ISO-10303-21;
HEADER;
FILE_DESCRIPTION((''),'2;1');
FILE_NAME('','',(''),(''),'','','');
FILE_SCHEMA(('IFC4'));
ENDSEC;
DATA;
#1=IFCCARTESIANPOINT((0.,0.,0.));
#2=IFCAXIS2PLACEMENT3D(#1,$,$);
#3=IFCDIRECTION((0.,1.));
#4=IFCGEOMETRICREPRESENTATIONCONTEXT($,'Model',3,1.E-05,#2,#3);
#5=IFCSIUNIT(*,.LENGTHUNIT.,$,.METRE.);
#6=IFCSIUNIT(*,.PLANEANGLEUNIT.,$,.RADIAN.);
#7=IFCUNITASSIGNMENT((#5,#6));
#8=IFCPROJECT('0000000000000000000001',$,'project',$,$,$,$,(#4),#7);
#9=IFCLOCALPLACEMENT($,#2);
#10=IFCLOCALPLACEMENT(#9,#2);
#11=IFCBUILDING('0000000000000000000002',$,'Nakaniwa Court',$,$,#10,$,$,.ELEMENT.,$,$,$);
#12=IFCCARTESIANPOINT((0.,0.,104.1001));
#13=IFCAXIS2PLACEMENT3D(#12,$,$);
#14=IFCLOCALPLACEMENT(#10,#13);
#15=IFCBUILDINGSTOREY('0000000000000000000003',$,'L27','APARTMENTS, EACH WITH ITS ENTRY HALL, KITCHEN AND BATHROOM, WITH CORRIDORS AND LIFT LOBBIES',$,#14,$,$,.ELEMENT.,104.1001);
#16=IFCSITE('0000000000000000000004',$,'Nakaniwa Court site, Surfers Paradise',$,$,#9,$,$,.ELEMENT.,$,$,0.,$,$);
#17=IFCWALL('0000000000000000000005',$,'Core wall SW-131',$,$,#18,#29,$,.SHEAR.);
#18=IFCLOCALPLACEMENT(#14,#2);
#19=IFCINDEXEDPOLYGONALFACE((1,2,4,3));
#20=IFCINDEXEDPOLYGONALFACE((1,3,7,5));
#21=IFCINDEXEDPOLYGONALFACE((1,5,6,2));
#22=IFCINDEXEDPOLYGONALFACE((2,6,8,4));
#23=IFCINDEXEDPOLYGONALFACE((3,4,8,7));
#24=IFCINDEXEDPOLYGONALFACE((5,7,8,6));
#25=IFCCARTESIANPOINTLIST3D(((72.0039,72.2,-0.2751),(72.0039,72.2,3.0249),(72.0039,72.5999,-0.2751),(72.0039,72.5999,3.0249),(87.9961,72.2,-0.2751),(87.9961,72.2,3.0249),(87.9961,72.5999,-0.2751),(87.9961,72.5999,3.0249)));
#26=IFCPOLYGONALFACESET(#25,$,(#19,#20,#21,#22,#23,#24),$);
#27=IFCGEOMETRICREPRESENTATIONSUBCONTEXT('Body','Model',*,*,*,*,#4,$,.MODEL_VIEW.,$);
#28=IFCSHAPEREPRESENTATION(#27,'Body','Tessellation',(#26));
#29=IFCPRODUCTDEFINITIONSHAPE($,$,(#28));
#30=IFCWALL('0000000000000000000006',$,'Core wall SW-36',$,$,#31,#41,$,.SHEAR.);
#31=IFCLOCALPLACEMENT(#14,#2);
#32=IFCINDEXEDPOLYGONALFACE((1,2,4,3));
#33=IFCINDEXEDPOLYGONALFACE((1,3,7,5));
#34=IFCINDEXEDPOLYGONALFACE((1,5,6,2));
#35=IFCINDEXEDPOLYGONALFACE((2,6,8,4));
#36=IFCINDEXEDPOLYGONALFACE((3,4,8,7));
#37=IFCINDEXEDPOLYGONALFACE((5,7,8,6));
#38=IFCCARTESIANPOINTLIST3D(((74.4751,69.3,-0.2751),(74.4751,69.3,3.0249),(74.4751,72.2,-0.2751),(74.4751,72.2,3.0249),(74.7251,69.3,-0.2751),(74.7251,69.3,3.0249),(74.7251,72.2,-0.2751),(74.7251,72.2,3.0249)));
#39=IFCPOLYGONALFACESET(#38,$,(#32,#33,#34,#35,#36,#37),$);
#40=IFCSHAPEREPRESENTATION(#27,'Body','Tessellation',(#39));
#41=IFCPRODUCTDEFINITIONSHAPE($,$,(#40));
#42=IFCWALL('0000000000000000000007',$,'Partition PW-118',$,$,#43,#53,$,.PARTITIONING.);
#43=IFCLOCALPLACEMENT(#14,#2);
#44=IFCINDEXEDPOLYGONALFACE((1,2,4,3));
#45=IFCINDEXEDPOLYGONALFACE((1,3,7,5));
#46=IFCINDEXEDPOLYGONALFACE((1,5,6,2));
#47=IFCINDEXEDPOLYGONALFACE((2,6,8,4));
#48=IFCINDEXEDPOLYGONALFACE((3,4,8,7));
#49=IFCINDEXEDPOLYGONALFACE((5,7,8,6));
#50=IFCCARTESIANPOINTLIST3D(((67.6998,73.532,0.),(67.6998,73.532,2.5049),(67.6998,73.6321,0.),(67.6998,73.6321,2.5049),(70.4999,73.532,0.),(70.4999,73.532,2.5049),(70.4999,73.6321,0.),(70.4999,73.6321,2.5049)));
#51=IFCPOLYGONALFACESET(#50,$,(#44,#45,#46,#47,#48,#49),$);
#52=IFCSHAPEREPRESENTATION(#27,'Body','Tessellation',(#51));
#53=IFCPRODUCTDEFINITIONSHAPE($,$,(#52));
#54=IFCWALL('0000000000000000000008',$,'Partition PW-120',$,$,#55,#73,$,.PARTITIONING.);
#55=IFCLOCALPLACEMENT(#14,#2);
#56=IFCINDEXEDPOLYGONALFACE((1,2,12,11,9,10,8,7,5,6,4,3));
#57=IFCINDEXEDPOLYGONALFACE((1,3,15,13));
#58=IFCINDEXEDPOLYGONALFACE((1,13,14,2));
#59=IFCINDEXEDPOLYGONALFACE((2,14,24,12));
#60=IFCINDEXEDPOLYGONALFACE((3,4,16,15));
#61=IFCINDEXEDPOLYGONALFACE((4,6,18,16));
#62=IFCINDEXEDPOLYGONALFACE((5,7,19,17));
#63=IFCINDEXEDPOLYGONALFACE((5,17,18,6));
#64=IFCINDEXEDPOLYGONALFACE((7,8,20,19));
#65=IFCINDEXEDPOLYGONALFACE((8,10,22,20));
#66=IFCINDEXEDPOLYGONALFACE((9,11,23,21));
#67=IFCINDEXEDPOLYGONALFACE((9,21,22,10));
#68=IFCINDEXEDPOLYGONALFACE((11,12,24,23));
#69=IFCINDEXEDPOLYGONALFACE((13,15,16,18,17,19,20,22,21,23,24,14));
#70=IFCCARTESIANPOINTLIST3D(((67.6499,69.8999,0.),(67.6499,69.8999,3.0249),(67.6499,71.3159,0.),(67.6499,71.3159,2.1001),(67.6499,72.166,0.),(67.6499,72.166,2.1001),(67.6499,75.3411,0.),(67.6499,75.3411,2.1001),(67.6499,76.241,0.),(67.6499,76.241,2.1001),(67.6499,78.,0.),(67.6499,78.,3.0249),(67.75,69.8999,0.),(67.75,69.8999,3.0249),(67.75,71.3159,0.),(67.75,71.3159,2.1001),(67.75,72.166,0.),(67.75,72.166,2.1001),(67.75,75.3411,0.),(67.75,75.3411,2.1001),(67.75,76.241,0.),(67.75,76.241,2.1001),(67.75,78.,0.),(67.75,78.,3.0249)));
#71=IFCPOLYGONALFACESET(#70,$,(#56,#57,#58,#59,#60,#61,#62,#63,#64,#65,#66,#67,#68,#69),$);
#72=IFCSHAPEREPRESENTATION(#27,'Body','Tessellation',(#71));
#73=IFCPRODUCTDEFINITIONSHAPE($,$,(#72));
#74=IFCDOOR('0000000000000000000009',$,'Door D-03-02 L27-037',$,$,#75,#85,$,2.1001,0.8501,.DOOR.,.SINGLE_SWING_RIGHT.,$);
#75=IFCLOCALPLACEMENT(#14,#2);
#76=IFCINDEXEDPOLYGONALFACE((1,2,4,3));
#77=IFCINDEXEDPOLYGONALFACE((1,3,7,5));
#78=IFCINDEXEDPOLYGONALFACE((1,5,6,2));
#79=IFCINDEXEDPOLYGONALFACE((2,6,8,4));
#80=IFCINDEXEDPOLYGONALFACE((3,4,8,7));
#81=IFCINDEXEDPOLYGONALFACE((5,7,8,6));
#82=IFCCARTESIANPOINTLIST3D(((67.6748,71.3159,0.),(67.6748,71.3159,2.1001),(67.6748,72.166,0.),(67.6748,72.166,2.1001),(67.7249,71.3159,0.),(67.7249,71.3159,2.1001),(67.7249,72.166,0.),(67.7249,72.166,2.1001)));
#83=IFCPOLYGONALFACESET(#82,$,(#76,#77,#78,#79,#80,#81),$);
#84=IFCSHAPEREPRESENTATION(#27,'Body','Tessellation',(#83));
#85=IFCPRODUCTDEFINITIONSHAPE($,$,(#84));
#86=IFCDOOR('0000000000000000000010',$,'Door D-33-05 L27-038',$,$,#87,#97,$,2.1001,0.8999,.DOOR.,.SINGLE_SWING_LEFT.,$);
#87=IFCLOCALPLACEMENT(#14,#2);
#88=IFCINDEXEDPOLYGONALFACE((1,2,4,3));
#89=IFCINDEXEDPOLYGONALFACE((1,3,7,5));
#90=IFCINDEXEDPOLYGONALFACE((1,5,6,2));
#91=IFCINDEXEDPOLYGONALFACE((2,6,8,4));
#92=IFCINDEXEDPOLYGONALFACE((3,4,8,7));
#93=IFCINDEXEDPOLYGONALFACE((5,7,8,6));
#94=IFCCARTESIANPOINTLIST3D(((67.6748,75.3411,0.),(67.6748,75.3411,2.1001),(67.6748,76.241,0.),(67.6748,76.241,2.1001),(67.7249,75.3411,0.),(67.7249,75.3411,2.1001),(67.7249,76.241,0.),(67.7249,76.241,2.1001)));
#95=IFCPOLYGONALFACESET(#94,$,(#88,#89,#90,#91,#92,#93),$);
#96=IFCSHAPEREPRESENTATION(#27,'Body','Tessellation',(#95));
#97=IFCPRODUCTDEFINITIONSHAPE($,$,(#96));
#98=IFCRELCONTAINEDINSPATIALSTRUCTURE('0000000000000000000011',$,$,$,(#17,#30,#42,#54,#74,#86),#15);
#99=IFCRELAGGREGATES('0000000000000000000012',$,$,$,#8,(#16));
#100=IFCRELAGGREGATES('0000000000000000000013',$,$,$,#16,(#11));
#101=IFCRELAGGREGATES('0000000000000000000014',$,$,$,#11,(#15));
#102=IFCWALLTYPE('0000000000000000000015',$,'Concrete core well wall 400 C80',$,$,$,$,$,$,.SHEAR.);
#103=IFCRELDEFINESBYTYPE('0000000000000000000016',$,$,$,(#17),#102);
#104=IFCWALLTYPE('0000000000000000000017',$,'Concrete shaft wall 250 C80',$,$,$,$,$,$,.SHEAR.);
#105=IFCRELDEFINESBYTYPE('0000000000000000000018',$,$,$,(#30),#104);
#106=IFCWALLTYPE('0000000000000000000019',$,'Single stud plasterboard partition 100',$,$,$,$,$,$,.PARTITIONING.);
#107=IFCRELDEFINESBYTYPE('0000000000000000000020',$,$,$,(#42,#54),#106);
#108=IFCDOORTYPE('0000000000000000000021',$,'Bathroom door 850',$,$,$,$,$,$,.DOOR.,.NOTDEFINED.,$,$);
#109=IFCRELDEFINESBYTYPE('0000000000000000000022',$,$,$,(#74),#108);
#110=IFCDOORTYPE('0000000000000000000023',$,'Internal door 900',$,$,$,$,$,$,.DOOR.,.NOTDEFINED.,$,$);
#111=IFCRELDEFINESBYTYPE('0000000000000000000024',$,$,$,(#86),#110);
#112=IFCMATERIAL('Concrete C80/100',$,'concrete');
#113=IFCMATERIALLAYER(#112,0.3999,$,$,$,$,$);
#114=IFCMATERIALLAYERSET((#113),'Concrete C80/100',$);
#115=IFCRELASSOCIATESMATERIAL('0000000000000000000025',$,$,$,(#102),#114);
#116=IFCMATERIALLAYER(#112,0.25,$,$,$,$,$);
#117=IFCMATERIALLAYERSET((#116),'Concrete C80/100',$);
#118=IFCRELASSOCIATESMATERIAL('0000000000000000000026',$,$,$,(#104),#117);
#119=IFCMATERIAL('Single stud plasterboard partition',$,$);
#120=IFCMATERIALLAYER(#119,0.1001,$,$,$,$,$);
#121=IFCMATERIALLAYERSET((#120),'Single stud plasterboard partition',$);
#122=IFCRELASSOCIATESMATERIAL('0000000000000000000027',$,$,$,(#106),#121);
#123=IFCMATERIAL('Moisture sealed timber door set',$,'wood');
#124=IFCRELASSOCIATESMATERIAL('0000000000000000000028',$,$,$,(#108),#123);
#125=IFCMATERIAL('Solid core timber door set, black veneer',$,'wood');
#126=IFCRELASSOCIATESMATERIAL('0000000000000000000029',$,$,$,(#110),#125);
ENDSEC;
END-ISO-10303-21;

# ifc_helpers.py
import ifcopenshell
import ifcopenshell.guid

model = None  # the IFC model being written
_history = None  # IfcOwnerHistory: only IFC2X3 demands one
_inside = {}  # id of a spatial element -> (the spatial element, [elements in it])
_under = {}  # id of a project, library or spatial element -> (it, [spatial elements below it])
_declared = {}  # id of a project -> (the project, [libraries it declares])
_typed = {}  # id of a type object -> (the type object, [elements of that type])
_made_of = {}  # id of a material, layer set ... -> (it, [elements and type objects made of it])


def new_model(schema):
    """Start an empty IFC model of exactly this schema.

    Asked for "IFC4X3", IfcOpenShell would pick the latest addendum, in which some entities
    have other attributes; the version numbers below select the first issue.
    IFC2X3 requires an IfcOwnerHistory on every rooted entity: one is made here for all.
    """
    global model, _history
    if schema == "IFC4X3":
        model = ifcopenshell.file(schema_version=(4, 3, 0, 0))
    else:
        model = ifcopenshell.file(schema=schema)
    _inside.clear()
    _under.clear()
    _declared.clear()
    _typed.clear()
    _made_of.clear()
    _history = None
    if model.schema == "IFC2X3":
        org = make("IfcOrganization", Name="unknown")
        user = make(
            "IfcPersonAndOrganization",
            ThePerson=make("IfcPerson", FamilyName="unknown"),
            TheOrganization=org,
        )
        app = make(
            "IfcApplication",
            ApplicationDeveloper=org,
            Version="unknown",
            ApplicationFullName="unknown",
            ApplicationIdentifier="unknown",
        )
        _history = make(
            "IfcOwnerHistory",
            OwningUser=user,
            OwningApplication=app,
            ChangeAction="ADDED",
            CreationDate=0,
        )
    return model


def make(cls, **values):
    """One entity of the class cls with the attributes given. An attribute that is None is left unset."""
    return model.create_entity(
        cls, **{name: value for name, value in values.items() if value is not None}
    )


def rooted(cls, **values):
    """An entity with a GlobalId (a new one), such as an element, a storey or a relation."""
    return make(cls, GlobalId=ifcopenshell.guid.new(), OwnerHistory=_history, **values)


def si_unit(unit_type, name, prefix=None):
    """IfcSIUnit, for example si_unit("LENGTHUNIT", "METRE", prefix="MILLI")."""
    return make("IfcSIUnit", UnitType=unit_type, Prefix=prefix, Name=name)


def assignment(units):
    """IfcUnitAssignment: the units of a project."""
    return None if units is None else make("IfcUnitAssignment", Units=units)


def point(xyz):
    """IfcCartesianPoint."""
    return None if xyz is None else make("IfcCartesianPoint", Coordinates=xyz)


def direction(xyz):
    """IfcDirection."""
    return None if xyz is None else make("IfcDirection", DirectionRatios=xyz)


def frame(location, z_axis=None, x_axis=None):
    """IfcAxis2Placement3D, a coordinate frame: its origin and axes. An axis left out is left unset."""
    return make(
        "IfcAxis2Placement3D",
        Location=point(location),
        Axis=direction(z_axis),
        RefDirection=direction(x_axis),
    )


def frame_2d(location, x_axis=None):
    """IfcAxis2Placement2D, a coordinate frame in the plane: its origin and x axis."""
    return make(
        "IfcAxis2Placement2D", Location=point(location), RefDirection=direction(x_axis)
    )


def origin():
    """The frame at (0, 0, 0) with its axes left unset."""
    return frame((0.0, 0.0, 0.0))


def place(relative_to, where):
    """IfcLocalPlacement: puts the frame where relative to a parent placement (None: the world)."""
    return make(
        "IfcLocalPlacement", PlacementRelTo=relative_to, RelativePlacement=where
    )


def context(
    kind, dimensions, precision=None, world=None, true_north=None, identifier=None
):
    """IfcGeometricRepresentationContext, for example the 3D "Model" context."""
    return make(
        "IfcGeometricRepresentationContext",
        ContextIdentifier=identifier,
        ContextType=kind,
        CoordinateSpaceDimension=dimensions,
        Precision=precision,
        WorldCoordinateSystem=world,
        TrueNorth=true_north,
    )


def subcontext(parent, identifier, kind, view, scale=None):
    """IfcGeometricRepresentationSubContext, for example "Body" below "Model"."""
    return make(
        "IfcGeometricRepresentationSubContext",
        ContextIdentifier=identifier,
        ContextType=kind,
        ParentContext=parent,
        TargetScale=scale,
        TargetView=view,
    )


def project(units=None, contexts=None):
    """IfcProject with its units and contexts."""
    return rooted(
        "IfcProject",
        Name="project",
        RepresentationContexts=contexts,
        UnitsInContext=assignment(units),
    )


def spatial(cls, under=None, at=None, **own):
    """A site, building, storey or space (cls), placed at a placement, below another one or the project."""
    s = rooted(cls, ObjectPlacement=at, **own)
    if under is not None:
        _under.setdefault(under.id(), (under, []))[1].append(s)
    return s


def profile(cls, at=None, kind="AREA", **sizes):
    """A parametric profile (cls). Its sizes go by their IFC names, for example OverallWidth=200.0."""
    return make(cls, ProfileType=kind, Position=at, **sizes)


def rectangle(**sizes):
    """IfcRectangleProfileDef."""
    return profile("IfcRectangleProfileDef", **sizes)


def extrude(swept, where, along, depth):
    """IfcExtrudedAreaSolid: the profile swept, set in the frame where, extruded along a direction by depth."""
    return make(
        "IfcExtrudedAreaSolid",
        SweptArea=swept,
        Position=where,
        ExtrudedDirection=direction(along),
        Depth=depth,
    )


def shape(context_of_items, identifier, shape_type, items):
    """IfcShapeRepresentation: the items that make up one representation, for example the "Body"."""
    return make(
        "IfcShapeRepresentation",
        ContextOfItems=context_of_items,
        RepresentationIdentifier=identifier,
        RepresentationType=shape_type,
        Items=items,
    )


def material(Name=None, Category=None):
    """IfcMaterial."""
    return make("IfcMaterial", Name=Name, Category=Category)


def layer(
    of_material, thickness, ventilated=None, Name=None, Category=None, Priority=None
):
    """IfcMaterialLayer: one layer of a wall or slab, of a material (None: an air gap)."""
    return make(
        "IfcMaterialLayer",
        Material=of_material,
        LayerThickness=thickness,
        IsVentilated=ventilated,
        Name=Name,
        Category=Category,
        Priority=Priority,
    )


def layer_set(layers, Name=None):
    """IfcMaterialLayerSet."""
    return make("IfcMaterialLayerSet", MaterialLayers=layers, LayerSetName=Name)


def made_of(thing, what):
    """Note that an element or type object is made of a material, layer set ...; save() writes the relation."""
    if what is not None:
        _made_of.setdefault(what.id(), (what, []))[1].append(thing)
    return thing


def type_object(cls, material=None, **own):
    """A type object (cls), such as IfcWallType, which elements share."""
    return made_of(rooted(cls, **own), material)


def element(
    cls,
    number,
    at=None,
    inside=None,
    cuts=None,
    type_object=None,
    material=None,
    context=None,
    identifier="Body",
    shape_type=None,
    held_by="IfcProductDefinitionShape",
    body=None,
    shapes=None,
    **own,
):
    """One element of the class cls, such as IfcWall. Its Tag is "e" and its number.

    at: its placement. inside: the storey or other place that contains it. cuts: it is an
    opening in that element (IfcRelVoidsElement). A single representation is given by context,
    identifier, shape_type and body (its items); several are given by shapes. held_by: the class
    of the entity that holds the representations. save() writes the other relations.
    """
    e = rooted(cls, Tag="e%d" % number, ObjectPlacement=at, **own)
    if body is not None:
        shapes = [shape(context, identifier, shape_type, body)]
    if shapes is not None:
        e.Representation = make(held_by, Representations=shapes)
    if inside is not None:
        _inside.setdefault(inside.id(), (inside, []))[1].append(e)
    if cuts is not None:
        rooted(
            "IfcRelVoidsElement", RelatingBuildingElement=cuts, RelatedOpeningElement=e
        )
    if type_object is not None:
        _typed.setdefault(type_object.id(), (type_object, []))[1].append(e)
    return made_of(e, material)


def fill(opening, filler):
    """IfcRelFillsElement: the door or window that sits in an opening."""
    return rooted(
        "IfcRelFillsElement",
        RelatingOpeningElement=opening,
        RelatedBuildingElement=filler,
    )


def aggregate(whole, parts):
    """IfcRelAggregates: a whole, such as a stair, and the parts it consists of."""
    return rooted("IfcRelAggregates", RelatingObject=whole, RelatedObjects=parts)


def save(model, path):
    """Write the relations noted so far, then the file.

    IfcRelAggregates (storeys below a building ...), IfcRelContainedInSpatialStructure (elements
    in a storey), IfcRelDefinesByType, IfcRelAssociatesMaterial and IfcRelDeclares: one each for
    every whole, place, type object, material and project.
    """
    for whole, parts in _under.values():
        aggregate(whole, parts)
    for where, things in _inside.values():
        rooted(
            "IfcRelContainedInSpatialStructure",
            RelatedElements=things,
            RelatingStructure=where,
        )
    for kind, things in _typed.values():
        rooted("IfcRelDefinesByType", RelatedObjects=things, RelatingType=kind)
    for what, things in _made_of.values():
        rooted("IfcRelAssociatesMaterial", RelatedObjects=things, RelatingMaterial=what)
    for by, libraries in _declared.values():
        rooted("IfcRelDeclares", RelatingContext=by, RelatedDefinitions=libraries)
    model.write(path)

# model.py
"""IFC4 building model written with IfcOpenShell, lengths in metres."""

from ifc_helpers import new_model, si_unit, direction, frame, frame_2d, origin, place, context, subcontext, project, spatial, rectangle, extrude, material, layer, layer_set, type_object, element, fill, save


model = new_model("IFC4")

# Units and contexts
model_context = context("Model", 3, precision=1e-05, world=origin(), true_north=direction((0.0, 1.0)))
body_context = subcontext(model_context, "Body", "Model", "MODEL_VIEW")
ifc_project = project(units=[si_unit("LENGTHUNIT", "METRE"), si_unit("PLANEANGLEUNIT", "RADIAN")], contexts=[model_context])

# Site, building, storey
site_placement = place(None, origin())
site = spatial("IfcSite", under=ifc_project, at=site_placement, Name="Nakaniwa Court site, Surfers Paradise", CompositionType="ELEMENT", RefElevation=0.0)
building_placement = place(site_placement, origin())
building = spatial("IfcBuilding", under=site, at=building_placement, Name="Nakaniwa Court", CompositionType="ELEMENT")
storey_placement = place(building_placement, frame((0.0, 0.0, 104.1001)))
storey = spatial("IfcBuildingStorey", under=building, at=storey_placement, Name="L27", Description="APARTMENTS, EACH WITH ITS ENTRY HALL, KITCHEN AND BATHROOM, WITH CORRIDORS AND LIFT LOBBIES", CompositionType="ELEMENT", Elevation=104.1001)

# Shared definitions
ifc_material_1 = material(Name="Concrete C80/100", Category="concrete")

# Shared definitions
ifc_material_2 = material(Name="Solid core timber door set, black veneer", Category="wood")

# Walls
ifc_layer_1 = layer(ifc_material_1, 0.3999)
ifc_layer_set_1 = layer_set([ifc_layer_1], Name="Concrete C80/100")
wall_type_1 = type_object("IfcWallType", Name="Concrete core well wall 400 C80", PredefinedType="SHEAR", material=ifc_layer_set_1)
wall_1_placement = place(storey_placement, frame((72.0039, 72.3999, -0.2751), z_axis=(0.0, 0.0, 1.0), x_axis=(1.0, 0.0, 0.0)))
element("IfcWall", 1, at=wall_1_placement, inside=storey, type_object=wall_type_1, Name="Core wall SW-131", PredefinedType="SHEAR", context=body_context, shape_type="SweptSolid", body=[
    extrude(rectangle(XDim=15.9922, YDim=0.3999, at=frame_2d((7.9961, 0.0))), origin(), (0.0, 0.0, 1.0), 3.3),
])
ifc_layer_2 = layer(ifc_material_1, 0.25)
ifc_layer_set_2 = layer_set([ifc_layer_2], Name="Concrete C80/100")
wall_type_2 = type_object("IfcWallType", Name="Concrete shaft wall 250 C80", PredefinedType="SHEAR", material=ifc_layer_set_2)
wall_2_placement = place(storey_placement, frame((74.6001, 69.3, -0.2751), z_axis=(0.0, 0.0, 1.0), x_axis=(0.0, 1.0, 0.0)))
element("IfcWall", 2, at=wall_2_placement, inside=storey, type_object=wall_type_2, Name="Core wall SW-36", PredefinedType="SHEAR", context=body_context, shape_type="SweptSolid", body=[
    extrude(rectangle(XDim=2.8999, YDim=0.25, at=frame_2d((1.45, 0.0))), origin(), (0.0, 0.0, 1.0), 3.3),
])
ifc_material_3 = material(Name="Single stud plasterboard partition")
ifc_layer_3 = layer(ifc_material_3, 0.1001)
ifc_layer_set_3 = layer_set([ifc_layer_3], Name="Single stud plasterboard partition")
wall_type_3 = type_object("IfcWallType", Name="Single stud plasterboard partition 100", PredefinedType="PARTITIONING", material=ifc_layer_set_3)
wall_3_placement = place(storey_placement, frame((67.7, 73.582, 0.0), z_axis=(0.0, 0.0, 1.0), x_axis=(1.0, 0.0, 0.0)))
element("IfcWall", 3, at=wall_3_placement, inside=storey, type_object=wall_type_3, Name="Partition PW-118", PredefinedType="PARTITIONING", context=body_context, shape_type="SweptSolid", body=[
    extrude(rectangle(XDim=2.8, YDim=0.1001, at=frame_2d((1.3999, 0.0))), origin(), (0.0, 0.0, 1.0), 2.5049),
])

# Wall, openings, doors
wall_4_placement = place(storey_placement, frame((67.7, 78.0, 0.0), z_axis=(0.0, 0.0, 1.0), x_axis=(0.0, -1.0, 0.0)))
wall_4 = element("IfcWall", 4, at=wall_4_placement, inside=storey, type_object=wall_type_3, Name="Partition PW-120", PredefinedType="PARTITIONING", context=body_context, shape_type="SweptSolid", body=[
    extrude(rectangle(XDim=8.1001, YDim=0.1001, at=frame_2d((4.05, 0.0))), origin(), (0.0, 0.0, 1.0), 3.0249),
])
opening_1_placement = place(wall_4_placement, frame((5.834, 0.0, 0.0)))
opening_1 = element("IfcOpeningElement", 5, at=opening_1_placement, cuts=wall_4, PredefinedType="OPENING", context=body_context, shape_type="SweptSolid", body=[
    extrude(rectangle(XDim=0.8501, YDim=2.1001, at=frame_2d((0.425, 1.05))), frame((0.0, 0.0601, 0.0), z_axis=(0.0, -1.0, 0.0), x_axis=(1.0, 0.0, 0.0)), (0.0, 0.0, 1.0), 0.1201),
])
opening_2_placement = place(wall_4_placement, frame((1.759, 0.0, 0.0)))
opening_2 = element("IfcOpeningElement", 6, at=opening_2_placement, cuts=wall_4, PredefinedType="OPENING", context=body_context, shape_type="SweptSolid", body=[
    extrude(rectangle(XDim=0.8999, YDim=2.1001, at=frame_2d((0.45, 1.05))), frame((0.0, 0.0601, 0.0), z_axis=(0.0, -1.0, 0.0), x_axis=(1.0, 0.0, 0.0)), (0.0, 0.0, 1.0), 0.1201),
])
ifc_material_4 = material(Name="Moisture sealed timber door set", Category="wood")
door_type_1 = type_object("IfcDoorType", Name="Bathroom door 850", OperationType="NOTDEFINED", PredefinedType="DOOR", material=ifc_material_4)
door_1_placement = place(opening_1_placement, origin())
door_1 = element("IfcDoor", 7, at=door_1_placement, inside=storey, type_object=door_type_1, Name="Door D-03-02 L27-037", OperationType="SINGLE_SWING_RIGHT", OverallHeight=2.1001, OverallWidth=0.8501, PredefinedType="DOOR", context=body_context, shape_type="SweptSolid", body=[
    extrude(rectangle(XDim=0.8501, YDim=2.1001, at=frame_2d((0.425, 1.05))), frame((0.0, 0.0249, 0.0), z_axis=(0.0, -1.0, 0.0), x_axis=(1.0, 0.0, 0.0)), (0.0, 0.0, 1.0), 0.05),
])
fill(opening_1, door_1)
door_type_2 = type_object("IfcDoorType", Name="Internal door 900", OperationType="NOTDEFINED", PredefinedType="DOOR", material=ifc_material_2)
door_2_placement = place(opening_2_placement, origin())
door_2 = element("IfcDoor", 8, at=door_2_placement, inside=storey, type_object=door_type_2, Name="Door D-33-05 L27-038", OperationType="SINGLE_SWING_LEFT", OverallHeight=2.1001, OverallWidth=0.8999, PredefinedType="DOOR", context=body_context, shape_type="SweptSolid", body=[
    extrude(rectangle(XDim=0.8999, YDim=2.1001, at=frame_2d((0.45, 1.05))), frame((0.0, 0.0249, 0.0), z_axis=(0.0, -1.0, 0.0), x_axis=(1.0, 0.0, 0.0)), (0.0, 0.0, 1.0), 0.05),
])
fill(opening_2, door_2)

save(model, "model.ifc")
